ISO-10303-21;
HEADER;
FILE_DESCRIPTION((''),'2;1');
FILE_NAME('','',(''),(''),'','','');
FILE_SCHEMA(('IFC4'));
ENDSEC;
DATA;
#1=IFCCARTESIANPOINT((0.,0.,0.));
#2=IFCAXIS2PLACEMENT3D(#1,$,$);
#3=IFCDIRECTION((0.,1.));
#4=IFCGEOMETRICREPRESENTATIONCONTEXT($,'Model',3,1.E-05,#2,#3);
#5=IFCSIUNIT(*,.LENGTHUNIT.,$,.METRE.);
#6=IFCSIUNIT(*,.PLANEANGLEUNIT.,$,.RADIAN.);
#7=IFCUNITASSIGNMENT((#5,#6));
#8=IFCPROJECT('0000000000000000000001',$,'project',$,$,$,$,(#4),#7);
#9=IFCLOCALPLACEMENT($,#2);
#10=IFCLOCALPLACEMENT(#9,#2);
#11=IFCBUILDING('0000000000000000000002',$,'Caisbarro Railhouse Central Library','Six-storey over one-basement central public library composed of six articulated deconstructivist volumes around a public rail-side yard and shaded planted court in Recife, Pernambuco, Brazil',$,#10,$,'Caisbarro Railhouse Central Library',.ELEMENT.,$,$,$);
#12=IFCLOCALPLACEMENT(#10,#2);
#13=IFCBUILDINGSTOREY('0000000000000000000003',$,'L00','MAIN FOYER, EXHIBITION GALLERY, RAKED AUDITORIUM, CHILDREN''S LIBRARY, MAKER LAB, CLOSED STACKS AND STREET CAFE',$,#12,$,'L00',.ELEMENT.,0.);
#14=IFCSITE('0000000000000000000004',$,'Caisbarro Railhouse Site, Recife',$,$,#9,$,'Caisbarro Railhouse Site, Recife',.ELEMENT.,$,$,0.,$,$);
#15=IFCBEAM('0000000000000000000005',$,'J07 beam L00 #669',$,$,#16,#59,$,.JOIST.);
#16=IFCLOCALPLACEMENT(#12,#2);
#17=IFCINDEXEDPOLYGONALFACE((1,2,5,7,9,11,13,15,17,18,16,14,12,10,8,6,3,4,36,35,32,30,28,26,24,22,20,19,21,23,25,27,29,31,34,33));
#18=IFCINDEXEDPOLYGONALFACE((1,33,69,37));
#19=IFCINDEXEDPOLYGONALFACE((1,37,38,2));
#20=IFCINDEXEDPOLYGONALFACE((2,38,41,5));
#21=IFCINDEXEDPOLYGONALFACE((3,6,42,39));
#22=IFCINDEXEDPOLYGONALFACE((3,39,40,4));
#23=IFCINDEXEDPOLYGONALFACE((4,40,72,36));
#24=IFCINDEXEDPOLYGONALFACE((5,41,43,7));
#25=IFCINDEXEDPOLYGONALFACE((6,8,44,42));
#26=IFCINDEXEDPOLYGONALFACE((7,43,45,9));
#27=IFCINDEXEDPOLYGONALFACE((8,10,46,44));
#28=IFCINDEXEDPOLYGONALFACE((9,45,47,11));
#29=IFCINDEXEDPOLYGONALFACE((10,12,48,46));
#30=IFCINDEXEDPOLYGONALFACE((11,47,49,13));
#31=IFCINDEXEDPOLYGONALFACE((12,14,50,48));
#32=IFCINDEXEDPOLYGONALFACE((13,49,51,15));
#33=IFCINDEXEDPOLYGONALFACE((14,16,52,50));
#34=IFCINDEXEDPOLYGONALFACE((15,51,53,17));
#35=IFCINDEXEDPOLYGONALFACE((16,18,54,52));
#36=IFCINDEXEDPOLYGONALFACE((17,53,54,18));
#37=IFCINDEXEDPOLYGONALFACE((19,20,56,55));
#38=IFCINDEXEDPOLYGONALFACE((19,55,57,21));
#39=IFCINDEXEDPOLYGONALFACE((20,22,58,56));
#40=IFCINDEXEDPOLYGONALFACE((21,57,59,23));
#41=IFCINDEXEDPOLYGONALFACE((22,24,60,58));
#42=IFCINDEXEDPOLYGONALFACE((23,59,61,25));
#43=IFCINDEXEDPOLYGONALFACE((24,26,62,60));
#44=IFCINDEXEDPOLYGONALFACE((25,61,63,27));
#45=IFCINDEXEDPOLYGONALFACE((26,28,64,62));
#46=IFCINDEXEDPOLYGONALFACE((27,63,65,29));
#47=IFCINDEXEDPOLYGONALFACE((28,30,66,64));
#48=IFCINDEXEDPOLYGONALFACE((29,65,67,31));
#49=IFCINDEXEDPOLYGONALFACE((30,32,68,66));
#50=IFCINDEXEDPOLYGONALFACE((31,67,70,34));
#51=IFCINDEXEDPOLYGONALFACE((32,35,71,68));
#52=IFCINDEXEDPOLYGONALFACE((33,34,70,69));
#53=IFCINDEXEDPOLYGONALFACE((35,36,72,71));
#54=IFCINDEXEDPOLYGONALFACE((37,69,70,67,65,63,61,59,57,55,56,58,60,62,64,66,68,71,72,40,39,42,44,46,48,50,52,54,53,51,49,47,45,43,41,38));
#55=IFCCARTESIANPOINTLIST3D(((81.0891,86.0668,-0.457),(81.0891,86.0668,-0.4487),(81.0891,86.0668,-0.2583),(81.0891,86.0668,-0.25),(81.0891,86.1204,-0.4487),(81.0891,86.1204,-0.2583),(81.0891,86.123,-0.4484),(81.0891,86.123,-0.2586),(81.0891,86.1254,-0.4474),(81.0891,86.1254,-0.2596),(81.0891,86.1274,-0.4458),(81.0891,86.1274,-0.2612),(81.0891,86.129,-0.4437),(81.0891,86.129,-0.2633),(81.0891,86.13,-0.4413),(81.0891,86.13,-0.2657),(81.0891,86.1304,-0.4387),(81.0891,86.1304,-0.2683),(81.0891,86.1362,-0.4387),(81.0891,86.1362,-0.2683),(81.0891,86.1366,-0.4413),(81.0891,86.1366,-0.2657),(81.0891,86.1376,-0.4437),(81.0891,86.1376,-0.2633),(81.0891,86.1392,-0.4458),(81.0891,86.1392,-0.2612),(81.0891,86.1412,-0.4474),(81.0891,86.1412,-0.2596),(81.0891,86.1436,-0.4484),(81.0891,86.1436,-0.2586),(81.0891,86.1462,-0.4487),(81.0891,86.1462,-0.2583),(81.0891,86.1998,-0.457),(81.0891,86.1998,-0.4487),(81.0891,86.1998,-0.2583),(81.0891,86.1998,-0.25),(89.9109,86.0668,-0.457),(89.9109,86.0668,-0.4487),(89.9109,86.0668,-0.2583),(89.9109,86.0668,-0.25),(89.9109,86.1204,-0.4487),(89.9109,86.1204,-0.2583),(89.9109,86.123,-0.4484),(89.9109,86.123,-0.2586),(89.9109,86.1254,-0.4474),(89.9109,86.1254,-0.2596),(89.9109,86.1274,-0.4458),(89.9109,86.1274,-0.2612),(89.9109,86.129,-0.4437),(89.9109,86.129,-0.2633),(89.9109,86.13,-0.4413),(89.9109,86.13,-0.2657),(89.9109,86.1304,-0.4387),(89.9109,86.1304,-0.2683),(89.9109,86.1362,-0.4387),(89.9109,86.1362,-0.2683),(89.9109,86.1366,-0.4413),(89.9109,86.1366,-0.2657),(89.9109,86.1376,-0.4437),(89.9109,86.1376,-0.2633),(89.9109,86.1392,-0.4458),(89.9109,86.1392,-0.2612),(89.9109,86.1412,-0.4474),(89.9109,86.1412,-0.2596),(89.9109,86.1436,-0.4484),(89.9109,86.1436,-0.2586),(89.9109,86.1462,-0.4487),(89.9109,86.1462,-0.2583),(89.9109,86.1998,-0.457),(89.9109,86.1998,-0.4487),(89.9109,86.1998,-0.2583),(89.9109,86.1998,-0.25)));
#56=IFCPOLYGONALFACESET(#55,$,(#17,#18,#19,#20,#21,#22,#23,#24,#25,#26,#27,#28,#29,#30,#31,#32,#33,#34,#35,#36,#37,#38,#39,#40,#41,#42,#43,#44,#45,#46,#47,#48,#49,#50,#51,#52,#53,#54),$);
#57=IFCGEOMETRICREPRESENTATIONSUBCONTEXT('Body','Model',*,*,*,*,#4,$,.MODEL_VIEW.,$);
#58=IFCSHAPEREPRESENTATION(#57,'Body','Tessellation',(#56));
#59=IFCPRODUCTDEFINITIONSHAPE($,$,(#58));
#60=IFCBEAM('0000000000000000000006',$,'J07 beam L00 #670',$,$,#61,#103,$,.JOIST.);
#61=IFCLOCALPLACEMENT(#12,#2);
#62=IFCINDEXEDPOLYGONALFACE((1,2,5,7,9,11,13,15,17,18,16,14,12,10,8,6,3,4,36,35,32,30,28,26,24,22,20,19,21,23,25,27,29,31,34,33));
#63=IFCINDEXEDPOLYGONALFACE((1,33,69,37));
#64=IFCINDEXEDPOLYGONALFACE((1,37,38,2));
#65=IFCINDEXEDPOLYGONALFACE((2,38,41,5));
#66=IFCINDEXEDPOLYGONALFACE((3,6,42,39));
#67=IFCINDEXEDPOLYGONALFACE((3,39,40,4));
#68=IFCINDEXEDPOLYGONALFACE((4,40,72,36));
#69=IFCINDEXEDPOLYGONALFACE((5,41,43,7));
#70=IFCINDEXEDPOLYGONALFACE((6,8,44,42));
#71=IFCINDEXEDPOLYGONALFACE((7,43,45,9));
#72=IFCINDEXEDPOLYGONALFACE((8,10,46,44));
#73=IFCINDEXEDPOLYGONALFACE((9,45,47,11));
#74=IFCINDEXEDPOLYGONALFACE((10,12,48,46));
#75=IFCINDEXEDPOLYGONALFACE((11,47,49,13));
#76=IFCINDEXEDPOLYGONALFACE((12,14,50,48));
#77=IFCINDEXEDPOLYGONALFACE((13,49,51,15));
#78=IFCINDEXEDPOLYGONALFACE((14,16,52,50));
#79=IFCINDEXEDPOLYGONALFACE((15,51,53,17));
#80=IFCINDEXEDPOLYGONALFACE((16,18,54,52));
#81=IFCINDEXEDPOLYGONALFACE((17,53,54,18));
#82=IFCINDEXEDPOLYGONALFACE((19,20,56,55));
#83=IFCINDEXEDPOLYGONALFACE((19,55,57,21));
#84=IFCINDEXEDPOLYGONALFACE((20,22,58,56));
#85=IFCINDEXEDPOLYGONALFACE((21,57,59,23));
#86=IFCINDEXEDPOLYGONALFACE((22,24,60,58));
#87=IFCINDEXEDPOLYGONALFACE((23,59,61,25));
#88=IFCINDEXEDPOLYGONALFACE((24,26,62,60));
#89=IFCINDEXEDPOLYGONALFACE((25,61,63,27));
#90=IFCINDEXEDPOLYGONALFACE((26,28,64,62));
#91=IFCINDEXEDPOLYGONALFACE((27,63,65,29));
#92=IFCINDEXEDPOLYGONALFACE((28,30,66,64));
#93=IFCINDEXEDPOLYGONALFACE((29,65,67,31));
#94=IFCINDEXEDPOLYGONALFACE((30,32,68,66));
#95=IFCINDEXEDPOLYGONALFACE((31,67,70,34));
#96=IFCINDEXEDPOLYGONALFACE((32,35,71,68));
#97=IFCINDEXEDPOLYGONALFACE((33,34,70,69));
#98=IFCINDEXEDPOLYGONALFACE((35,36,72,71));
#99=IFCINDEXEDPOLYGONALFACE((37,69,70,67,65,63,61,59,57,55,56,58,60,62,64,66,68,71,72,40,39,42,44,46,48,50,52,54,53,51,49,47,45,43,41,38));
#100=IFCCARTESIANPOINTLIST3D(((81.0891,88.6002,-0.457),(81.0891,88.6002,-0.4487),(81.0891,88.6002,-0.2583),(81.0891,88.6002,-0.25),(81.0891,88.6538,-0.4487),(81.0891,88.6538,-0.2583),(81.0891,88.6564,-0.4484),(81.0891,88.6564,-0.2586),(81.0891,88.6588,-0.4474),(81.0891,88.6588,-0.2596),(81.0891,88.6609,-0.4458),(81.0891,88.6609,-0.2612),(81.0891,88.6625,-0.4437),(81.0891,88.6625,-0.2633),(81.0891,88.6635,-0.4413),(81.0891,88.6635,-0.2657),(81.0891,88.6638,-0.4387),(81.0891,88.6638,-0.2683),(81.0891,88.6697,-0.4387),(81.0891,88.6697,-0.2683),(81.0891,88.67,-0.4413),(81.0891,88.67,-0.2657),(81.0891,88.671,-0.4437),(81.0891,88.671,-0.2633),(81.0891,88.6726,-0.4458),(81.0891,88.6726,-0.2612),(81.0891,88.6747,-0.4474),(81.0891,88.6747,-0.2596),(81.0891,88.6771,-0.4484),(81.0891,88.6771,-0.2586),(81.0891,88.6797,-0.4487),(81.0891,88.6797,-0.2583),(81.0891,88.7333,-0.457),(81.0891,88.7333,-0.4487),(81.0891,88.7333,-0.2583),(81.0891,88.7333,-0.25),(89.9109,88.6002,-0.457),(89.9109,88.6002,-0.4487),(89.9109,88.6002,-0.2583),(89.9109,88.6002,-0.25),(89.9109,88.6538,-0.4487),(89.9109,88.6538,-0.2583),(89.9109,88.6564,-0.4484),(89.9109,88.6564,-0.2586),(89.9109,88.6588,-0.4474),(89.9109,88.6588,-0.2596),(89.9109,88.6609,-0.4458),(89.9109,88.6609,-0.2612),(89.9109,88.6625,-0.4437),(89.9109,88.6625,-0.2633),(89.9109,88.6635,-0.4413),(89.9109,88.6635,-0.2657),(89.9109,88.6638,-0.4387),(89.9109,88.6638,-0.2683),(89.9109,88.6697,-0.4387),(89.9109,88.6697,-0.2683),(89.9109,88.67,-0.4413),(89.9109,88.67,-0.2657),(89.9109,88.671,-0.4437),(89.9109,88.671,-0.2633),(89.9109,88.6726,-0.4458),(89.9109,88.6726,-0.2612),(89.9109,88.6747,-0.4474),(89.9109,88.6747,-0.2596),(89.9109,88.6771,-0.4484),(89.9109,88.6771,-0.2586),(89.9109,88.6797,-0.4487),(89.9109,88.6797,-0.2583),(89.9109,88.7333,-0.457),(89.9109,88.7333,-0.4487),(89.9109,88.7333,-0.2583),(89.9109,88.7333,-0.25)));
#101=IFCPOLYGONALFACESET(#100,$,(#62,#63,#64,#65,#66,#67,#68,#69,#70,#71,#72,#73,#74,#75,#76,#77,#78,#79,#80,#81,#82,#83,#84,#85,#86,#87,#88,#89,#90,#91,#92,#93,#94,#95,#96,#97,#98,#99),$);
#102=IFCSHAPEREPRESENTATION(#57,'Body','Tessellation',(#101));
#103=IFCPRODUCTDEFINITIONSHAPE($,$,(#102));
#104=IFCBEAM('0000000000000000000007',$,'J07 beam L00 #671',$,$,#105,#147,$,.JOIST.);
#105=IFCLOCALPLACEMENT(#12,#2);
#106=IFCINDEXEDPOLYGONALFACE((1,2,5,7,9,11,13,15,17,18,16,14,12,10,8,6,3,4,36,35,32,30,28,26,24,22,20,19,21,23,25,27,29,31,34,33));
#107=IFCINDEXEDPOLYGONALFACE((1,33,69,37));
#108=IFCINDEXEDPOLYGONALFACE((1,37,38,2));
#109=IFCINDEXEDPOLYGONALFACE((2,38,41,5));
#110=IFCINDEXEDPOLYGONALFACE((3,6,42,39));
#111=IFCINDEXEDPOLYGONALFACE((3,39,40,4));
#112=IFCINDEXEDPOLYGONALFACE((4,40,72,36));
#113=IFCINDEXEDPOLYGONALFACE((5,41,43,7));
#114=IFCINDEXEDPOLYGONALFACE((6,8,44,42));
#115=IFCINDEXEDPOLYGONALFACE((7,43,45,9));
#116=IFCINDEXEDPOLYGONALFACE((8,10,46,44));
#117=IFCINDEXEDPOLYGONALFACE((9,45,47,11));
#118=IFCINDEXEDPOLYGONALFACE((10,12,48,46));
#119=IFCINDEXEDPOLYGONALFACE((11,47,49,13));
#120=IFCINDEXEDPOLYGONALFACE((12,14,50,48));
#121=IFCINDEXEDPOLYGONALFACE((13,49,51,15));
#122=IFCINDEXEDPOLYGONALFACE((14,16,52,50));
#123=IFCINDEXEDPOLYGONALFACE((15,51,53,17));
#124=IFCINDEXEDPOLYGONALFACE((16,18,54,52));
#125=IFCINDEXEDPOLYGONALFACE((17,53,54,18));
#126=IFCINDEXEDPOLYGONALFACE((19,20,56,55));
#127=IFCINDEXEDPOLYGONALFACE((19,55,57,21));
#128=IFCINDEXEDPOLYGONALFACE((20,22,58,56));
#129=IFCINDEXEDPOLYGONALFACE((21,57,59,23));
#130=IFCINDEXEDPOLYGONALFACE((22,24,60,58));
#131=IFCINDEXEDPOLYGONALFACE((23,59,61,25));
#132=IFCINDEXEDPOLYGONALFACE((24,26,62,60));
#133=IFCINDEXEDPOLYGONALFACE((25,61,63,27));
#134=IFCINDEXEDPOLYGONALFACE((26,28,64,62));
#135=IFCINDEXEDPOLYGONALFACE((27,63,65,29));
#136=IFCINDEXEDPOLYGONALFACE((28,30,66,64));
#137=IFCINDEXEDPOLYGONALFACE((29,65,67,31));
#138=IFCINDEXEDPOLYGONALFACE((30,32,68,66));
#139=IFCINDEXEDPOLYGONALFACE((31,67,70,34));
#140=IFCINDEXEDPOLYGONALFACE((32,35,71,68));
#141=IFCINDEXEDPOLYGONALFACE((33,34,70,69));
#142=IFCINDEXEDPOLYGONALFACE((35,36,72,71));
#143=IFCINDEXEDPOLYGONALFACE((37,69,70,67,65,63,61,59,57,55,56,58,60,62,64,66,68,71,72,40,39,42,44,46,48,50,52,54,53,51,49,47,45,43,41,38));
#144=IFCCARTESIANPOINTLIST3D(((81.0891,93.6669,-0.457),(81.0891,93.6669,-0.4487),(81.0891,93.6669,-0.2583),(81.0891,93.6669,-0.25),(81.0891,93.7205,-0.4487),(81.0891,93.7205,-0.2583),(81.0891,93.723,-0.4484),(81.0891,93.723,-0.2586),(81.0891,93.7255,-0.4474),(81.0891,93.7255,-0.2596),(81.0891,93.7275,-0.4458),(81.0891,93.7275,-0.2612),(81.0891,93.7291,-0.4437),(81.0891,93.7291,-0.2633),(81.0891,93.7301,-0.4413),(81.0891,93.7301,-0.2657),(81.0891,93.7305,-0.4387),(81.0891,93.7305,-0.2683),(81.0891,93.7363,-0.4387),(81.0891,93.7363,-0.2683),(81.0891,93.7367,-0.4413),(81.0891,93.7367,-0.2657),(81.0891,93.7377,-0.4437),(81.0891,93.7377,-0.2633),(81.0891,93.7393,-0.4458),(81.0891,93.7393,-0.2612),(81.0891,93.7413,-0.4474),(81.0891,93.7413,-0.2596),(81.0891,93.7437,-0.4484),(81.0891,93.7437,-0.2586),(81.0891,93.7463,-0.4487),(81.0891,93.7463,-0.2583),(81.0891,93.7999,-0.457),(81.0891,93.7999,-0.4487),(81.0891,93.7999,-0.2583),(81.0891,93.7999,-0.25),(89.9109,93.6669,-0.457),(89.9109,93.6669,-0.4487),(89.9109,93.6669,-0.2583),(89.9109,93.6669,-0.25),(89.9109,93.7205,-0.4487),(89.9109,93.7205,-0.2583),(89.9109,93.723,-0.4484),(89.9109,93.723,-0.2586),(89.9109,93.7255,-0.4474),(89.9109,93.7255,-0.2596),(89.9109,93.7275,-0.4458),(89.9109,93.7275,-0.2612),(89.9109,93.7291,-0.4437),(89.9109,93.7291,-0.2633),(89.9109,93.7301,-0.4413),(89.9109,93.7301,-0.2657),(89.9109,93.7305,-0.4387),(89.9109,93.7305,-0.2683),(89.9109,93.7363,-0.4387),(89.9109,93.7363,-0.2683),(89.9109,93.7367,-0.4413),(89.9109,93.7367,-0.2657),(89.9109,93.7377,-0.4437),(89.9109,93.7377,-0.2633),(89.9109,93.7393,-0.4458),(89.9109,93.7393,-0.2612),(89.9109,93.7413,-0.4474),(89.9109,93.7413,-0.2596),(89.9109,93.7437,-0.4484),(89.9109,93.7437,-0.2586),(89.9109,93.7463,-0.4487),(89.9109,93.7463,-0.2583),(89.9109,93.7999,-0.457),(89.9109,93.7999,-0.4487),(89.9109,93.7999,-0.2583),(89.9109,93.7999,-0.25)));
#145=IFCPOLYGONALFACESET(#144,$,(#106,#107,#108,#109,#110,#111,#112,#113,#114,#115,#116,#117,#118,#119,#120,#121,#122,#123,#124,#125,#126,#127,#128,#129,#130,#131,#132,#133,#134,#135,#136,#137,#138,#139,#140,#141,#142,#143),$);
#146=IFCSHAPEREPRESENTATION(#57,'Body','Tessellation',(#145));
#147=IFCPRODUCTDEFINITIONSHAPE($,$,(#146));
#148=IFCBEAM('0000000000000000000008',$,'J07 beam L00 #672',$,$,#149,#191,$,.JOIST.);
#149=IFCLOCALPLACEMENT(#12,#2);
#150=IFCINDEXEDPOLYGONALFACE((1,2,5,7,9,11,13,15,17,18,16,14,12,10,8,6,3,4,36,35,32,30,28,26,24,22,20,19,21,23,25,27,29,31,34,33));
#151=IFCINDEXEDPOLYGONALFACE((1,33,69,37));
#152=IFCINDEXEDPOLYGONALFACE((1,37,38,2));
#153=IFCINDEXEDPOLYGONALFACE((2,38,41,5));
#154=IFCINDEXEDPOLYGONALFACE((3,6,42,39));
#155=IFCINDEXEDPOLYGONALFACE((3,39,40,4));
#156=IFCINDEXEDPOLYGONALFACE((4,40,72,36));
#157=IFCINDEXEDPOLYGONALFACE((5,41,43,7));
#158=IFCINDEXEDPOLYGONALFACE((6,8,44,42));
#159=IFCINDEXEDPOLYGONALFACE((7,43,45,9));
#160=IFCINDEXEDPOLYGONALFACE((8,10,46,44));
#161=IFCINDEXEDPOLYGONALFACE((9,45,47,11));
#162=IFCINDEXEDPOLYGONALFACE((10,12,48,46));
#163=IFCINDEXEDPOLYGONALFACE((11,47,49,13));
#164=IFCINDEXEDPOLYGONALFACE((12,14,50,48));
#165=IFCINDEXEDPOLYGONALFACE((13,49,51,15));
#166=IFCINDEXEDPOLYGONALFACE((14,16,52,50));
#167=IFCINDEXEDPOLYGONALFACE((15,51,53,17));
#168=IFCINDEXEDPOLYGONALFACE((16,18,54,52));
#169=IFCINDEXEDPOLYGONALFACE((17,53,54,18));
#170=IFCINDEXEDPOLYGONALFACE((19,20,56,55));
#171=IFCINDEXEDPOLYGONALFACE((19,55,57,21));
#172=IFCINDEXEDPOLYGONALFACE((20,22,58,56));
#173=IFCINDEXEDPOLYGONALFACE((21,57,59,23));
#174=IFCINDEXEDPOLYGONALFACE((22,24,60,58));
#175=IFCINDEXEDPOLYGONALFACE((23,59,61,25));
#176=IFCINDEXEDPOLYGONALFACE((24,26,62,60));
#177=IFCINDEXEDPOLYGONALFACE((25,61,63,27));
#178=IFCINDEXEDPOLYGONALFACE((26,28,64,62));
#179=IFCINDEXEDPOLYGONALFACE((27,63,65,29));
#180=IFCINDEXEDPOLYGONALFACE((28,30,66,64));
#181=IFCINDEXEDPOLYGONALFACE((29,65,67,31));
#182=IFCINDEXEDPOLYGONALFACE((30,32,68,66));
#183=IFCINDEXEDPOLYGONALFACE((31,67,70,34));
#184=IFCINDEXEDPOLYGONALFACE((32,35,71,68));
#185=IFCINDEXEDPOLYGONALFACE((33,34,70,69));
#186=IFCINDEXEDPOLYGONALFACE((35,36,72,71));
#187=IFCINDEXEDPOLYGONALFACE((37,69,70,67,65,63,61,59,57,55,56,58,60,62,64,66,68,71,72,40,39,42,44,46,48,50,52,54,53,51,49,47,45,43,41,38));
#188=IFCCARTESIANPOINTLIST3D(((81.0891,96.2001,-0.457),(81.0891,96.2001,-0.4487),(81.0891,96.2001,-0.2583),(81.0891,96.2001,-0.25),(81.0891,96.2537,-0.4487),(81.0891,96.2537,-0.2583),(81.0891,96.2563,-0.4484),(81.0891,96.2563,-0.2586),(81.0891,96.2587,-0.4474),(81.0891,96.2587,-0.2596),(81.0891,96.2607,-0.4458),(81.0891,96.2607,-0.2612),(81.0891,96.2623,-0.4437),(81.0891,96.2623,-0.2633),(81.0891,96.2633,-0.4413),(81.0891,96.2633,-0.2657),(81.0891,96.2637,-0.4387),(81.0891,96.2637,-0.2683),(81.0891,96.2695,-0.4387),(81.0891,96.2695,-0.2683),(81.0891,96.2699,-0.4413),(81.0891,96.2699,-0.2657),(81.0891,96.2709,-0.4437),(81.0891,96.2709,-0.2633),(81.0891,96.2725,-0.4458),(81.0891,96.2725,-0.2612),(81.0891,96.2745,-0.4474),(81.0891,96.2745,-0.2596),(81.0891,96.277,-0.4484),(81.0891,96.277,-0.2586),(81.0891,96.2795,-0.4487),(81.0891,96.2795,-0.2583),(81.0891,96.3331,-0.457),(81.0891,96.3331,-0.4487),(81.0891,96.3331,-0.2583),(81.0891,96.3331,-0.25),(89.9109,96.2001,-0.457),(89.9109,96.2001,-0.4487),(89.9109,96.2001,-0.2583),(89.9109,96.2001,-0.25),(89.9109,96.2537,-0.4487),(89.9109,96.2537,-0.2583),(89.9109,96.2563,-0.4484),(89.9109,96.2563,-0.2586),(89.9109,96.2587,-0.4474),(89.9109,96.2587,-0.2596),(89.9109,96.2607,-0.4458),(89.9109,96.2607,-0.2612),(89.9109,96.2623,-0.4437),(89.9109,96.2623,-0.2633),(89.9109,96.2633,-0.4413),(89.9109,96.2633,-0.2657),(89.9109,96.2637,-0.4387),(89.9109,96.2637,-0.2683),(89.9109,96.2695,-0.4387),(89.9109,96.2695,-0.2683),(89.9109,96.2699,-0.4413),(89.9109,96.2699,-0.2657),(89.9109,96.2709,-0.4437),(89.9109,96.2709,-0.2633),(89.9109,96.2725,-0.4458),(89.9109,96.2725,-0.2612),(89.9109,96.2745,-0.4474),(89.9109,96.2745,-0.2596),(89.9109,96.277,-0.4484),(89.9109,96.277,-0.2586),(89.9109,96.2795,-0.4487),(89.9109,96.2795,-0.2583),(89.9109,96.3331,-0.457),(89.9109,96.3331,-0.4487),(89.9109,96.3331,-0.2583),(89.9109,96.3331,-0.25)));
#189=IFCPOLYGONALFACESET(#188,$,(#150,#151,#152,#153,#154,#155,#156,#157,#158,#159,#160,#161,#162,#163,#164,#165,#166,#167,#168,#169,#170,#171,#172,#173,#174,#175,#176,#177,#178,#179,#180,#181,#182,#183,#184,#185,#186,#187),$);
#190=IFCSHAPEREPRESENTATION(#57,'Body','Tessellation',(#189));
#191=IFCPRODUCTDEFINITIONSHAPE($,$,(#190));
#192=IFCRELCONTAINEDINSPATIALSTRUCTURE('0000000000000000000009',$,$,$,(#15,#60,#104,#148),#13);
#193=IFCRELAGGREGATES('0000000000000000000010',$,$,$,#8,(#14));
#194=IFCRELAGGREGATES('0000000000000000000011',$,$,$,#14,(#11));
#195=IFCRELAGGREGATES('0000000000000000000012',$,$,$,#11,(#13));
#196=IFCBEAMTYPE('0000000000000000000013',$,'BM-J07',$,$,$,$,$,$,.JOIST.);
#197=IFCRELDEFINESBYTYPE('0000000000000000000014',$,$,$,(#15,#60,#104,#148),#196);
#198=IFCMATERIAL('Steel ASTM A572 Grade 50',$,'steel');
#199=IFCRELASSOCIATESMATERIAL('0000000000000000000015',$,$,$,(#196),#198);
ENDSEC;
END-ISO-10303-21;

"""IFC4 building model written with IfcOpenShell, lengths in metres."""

from ifc_helpers import new_model, si_unit, direction, frame, origin, origin_2d, place, context, subcontext, project, spatial, i_section, extrude, material, material_profile, profile_set, type_object, element, save


model = new_model("IFC4")

# Units and contexts
model_context = context("Model", 3, precision=1e-05, world=origin(), true_north=direction((0.0, 1.0)))
body_context = subcontext(model_context, "Body", "Model", "MODEL_VIEW")
ifc_project = project(units=[si_unit("LENGTHUNIT", "METRE"), si_unit("PLANEANGLEUNIT", "RADIAN")], contexts=[model_context])

# Site, building, storey
site_placement = place(None, origin())
site = spatial("IfcSite", under=ifc_project, at=site_placement, Name="Caisbarro Railhouse Site, Recife", LongName="Caisbarro Railhouse Site, Recife", CompositionType="ELEMENT", RefElevation=0.0)
building_placement = place(site_placement, origin())
building = spatial("IfcBuilding", under=site, at=building_placement, Name="Caisbarro Railhouse Central Library", Description="Six-storey over one-basement central public library composed of six articulated deconstructivist volumes around a public rail-side yard and shaded planted court in Recife, Pernambuco, Brazil", LongName="Caisbarro Railhouse Central Library", CompositionType="ELEMENT")
storey_placement = place(building_placement, origin())
storey = spatial("IfcBuildingStorey", under=building, at=storey_placement, Name="L00", Description="MAIN FOYER, EXHIBITION GALLERY, RAKED AUDITORIUM, CHILDREN'S LIBRARY, MAKER LAB, CLOSED STACKS AND STREET CAFE", LongName="L00", CompositionType="ELEMENT", Elevation=0.0)

# Shared definitions
ifc_material_1 = material(Name="Steel ASTM A572 Grade 50", Category="steel")

# Beams
ifc_material_profile_1 = material_profile(ifc_material_1, i_section(OverallWidth=0.1331, OverallDepth=0.207, WebThickness=0.0059, FlangeThickness=0.0083, FilletRadius=0.01, at=origin_2d()), Name="W200X26.6")
ifc_profile_set_1 = profile_set([ifc_material_profile_1], Name="Steel ASTM A572 Grade 50")
beam_type_1 = type_object("IfcBeamType", Name="BM-J07", PredefinedType="JOIST", material=ifc_profile_set_1)
for number, where, z_axis, x_axis, name in (
    (1, (81.0891, 86.1333, -0.3535), (1.0, 0.0, 0.0), (0.0, 1.0, 0.0), "J07 beam L00 #669"),
    (2, (81.0891, 88.6667, -0.3535), (1.0, 0.0, 0.0), (0.0, 1.0, 0.0), "J07 beam L00 #670"),
    (3, (81.0891, 93.7334, -0.3535), (1.0, 0.0, 0.0), (0.0, 1.0, 0.0), "J07 beam L00 #671"),
    (4, (81.0891, 96.2666, -0.3535), (1.0, 0.0, 0.0), (0.0, 1.0, 0.0), "J07 beam L00 #672"),
):
    element("IfcBeam", number, at=place(storey_placement, frame(where, z_axis=z_axis, x_axis=x_axis)), inside=storey, type_object=beam_type_1, Name=name, PredefinedType="JOIST", context=body_context, shape_type="SweptSolid", body=[
        extrude(i_section(OverallWidth=0.1331, OverallDepth=0.207, WebThickness=0.0059, FlangeThickness=0.0083, FilletRadius=0.01, at=origin_2d()), origin(), (0.0, 0.0, 1.0), 8.8218),
    ])

save(model, "model.ifc")
